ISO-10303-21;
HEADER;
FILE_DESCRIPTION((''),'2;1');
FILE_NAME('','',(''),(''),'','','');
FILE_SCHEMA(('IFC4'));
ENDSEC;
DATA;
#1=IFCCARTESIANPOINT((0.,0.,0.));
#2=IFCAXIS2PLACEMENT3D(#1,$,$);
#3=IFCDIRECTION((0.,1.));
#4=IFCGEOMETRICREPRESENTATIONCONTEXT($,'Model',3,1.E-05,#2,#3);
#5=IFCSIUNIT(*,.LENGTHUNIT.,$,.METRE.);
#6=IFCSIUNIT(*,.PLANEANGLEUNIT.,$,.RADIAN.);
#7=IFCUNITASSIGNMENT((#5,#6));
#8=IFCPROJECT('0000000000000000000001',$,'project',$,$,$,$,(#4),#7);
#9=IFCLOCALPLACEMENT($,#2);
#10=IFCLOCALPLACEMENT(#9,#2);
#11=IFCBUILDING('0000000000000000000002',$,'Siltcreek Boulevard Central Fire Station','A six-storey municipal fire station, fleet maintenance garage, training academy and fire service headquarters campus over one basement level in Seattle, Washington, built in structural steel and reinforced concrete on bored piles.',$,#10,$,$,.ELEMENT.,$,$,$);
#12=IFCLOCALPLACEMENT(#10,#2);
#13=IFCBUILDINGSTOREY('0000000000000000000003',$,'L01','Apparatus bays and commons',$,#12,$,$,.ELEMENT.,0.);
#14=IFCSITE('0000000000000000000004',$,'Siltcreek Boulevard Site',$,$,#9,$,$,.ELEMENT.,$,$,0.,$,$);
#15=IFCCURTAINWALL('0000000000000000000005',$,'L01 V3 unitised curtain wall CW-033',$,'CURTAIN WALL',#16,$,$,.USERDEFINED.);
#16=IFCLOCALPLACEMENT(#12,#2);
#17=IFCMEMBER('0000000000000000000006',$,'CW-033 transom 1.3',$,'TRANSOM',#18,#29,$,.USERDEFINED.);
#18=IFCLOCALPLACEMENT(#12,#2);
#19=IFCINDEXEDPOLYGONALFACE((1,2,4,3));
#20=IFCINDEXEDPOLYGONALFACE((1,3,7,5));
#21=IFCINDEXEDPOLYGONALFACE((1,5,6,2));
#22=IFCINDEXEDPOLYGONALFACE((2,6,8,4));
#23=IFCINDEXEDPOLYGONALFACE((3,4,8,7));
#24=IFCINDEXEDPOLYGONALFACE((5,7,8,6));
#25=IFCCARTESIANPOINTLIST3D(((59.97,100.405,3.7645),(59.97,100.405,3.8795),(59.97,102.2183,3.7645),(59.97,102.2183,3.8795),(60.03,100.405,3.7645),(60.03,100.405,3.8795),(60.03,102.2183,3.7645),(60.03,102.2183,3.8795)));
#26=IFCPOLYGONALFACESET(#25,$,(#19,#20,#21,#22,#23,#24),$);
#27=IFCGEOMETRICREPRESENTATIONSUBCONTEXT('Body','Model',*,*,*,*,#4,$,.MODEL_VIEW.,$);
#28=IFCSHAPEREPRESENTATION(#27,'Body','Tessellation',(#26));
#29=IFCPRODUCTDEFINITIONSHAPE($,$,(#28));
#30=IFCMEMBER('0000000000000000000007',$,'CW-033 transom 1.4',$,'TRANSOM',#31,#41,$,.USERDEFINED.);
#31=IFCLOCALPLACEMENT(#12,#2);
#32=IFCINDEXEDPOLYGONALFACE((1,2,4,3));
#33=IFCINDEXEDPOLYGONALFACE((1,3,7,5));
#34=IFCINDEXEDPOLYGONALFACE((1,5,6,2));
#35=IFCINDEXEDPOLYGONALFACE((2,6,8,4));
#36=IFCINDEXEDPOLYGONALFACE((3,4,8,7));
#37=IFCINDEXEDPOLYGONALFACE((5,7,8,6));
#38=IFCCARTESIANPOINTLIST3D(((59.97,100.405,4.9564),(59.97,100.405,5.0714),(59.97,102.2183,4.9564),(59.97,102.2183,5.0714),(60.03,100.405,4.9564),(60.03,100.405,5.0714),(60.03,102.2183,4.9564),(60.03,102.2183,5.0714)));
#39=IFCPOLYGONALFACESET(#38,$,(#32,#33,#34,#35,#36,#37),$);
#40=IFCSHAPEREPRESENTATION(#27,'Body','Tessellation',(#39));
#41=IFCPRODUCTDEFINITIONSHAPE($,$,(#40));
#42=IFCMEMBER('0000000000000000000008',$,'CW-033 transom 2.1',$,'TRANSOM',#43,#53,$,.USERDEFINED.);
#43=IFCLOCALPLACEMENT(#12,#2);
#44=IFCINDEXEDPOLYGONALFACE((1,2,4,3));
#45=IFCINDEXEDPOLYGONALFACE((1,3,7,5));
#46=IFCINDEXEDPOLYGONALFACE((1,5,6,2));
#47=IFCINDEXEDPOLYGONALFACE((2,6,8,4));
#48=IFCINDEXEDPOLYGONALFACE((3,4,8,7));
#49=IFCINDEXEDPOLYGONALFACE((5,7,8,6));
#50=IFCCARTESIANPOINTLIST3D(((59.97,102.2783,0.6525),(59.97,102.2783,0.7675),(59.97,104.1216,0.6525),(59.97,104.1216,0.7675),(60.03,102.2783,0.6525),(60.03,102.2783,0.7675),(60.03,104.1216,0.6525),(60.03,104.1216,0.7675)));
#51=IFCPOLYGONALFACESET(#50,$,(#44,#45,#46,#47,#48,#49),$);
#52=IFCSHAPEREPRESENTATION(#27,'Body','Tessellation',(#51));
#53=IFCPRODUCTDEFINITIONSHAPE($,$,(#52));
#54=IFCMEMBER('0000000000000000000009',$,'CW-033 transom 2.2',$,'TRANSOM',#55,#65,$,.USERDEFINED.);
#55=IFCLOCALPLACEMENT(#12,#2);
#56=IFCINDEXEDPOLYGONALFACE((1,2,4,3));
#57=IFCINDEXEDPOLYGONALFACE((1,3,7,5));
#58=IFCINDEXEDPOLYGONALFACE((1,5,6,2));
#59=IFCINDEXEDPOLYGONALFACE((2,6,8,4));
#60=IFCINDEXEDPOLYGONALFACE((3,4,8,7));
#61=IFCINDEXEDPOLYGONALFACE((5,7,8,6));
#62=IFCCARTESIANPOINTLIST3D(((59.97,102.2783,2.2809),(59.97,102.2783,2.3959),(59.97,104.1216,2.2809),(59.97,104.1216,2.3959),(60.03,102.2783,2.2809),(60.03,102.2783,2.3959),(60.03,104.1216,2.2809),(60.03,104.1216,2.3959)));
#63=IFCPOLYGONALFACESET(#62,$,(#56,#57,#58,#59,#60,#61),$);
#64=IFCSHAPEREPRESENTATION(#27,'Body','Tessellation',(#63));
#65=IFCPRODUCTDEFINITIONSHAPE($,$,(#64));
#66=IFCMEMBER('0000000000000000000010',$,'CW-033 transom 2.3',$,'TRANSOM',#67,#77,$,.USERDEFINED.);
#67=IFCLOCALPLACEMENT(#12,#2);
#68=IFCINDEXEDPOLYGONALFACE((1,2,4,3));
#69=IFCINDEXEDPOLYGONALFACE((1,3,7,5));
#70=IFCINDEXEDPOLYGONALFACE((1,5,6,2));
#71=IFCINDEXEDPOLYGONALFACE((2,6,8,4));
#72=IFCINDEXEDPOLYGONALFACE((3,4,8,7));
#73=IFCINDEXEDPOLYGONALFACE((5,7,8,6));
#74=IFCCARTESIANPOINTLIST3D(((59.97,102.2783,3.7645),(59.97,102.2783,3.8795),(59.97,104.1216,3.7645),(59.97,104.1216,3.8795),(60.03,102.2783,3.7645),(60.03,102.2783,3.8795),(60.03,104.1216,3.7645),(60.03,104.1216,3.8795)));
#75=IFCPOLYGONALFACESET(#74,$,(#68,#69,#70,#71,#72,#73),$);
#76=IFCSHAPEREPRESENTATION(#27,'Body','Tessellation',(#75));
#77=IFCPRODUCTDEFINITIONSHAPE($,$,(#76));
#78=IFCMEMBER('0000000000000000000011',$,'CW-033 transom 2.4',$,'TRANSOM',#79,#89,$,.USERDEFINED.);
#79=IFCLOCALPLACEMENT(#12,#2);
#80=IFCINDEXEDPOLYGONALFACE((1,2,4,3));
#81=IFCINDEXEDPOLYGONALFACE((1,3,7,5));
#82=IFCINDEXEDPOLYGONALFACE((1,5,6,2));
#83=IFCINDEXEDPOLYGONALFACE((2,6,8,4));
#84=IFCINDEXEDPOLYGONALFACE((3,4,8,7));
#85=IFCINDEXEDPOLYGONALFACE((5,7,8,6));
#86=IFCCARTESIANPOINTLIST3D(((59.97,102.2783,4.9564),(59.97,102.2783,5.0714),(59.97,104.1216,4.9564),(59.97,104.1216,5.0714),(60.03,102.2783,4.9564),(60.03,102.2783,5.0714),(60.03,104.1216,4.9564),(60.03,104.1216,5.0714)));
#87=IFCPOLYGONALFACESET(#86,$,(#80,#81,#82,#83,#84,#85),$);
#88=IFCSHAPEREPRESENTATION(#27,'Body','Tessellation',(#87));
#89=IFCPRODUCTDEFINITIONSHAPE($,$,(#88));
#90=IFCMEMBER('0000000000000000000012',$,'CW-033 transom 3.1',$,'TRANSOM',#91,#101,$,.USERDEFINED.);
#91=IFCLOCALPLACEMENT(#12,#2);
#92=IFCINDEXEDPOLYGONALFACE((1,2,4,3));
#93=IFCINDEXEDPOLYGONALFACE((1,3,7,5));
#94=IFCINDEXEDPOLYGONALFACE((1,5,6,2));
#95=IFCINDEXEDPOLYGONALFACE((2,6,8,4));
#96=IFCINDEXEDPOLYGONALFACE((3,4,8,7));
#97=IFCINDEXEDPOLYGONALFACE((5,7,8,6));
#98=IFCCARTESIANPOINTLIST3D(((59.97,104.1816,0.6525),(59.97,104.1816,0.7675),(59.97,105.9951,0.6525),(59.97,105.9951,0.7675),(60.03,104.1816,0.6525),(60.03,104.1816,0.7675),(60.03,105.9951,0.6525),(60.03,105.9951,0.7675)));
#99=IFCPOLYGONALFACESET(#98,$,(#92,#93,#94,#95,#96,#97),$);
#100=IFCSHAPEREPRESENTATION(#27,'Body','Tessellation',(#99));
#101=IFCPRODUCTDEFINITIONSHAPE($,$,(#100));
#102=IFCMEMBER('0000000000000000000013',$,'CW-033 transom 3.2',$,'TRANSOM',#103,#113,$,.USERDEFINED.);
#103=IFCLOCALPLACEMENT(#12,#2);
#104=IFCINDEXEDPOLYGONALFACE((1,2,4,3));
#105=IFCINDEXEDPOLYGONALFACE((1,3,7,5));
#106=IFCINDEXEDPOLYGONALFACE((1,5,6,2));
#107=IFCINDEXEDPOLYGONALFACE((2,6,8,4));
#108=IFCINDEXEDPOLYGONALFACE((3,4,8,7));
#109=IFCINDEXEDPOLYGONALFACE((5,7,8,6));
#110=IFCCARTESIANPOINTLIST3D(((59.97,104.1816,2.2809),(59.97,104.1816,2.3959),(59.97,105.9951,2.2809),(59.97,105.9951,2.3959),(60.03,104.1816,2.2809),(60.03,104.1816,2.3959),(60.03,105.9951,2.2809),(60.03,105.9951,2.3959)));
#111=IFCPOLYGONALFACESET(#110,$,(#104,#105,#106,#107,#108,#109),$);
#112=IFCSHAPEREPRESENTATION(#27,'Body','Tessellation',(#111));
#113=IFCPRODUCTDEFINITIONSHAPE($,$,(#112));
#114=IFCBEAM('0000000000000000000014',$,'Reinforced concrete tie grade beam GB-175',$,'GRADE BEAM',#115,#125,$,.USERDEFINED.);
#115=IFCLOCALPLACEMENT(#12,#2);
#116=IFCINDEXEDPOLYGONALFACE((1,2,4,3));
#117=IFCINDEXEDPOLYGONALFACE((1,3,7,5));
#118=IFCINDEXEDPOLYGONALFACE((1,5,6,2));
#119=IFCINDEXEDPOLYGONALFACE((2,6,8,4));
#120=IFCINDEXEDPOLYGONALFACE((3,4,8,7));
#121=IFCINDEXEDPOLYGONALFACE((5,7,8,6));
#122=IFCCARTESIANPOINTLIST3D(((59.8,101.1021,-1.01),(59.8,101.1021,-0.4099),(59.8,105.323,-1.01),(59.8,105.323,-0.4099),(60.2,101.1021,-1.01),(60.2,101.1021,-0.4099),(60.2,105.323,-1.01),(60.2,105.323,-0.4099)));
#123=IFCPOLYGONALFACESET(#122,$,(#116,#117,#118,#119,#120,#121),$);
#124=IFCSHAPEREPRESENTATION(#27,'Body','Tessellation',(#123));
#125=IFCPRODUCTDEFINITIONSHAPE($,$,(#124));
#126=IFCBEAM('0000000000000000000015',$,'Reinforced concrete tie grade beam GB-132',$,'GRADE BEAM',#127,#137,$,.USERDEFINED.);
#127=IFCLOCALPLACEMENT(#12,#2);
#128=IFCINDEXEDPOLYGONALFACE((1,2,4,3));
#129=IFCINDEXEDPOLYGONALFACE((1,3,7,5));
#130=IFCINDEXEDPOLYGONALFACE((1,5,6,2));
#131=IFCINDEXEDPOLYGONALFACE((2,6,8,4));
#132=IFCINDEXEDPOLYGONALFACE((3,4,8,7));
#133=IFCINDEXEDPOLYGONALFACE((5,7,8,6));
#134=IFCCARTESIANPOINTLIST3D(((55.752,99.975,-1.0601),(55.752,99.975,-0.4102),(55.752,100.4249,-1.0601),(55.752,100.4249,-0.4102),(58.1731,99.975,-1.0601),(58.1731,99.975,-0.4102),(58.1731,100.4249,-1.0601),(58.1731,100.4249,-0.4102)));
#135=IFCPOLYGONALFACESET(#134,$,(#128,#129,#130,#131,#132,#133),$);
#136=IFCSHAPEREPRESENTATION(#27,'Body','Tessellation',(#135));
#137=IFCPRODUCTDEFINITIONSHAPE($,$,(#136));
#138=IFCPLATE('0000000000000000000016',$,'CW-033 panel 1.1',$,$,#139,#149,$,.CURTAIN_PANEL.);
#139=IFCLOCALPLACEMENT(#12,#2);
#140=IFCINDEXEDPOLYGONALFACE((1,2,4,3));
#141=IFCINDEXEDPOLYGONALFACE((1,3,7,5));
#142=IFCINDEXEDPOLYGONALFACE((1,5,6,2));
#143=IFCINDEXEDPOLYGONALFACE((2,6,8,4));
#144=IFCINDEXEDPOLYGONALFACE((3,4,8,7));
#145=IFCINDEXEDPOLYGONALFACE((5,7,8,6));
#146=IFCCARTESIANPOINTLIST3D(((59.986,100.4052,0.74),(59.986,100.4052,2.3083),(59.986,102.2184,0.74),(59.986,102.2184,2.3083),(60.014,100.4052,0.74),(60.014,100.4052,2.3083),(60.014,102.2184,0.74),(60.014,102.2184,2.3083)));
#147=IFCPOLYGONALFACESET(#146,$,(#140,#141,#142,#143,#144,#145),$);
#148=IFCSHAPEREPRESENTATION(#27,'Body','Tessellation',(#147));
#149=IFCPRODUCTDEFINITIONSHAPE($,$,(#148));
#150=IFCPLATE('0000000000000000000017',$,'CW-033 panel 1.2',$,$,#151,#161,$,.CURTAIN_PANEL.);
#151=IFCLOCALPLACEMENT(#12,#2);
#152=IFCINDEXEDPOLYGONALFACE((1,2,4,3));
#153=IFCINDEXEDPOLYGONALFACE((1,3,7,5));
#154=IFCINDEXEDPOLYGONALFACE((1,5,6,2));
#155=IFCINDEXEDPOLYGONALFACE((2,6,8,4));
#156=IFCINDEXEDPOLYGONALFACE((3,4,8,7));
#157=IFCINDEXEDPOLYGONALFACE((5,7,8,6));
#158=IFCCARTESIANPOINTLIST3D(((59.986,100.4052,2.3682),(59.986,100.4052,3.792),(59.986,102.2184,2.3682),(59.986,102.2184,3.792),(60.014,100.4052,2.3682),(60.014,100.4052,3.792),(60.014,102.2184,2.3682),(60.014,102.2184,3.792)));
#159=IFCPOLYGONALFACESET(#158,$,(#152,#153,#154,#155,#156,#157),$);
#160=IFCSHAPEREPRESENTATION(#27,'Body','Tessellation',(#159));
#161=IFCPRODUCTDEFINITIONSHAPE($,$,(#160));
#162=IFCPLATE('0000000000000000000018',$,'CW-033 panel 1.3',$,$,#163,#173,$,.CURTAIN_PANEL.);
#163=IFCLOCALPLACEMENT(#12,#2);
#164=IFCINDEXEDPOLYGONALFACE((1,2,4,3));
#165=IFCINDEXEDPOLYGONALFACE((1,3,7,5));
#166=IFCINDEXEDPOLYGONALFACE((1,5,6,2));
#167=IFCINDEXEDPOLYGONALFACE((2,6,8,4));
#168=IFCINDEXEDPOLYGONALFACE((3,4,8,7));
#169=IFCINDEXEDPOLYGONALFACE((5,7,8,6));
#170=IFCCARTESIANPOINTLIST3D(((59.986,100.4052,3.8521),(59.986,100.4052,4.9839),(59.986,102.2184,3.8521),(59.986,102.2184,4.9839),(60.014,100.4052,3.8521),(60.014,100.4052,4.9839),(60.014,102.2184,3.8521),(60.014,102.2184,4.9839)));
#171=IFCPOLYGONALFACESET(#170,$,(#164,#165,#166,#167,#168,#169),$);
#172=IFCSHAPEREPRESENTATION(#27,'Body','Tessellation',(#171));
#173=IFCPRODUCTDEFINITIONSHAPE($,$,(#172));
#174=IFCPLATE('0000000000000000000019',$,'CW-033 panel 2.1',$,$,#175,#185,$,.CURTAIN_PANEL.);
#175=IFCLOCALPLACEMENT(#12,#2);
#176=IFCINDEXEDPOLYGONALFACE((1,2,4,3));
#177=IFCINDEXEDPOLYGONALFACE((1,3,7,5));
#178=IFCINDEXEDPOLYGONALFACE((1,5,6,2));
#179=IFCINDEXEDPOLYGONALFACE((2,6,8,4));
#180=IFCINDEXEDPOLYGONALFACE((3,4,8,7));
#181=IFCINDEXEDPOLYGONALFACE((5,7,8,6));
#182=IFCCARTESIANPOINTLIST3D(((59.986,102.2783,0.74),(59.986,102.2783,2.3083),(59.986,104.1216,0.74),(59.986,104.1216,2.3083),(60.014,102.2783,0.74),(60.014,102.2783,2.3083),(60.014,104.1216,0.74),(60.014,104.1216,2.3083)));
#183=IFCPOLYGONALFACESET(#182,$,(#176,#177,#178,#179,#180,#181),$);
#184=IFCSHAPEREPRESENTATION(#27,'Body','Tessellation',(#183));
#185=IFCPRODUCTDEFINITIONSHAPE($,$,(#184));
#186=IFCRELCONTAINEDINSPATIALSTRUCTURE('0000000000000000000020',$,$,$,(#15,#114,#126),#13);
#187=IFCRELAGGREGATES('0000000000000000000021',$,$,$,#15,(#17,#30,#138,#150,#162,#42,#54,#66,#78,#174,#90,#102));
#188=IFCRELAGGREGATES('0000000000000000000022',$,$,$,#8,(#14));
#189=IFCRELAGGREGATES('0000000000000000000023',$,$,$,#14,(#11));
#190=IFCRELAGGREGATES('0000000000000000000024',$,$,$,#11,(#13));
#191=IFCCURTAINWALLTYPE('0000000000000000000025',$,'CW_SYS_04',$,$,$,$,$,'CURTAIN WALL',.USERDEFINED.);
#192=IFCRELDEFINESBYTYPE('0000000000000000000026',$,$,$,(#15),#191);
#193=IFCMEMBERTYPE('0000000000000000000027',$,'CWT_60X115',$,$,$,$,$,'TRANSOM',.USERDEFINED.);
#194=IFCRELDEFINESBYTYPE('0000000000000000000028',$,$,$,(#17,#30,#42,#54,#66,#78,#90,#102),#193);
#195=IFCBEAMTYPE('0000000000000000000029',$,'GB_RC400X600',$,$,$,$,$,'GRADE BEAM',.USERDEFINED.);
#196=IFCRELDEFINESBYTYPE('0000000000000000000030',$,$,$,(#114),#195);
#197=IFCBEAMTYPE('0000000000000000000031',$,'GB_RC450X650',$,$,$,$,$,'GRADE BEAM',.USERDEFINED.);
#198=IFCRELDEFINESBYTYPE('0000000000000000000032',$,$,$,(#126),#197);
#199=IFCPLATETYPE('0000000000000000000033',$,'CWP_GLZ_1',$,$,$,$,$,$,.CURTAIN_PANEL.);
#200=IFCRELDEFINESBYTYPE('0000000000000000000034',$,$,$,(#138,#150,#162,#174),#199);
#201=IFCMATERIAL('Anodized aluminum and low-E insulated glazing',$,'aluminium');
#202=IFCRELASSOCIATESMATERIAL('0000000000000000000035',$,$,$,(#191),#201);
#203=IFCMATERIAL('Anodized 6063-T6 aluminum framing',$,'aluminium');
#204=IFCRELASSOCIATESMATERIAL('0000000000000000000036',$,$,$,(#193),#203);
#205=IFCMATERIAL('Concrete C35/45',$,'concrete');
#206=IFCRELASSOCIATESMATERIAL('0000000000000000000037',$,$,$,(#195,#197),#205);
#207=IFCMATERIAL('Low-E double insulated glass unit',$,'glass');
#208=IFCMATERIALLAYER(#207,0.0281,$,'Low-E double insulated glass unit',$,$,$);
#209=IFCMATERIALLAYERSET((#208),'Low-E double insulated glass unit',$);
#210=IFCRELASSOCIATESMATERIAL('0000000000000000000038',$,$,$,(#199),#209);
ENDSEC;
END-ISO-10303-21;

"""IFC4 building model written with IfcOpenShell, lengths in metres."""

from ifc_helpers import new_model, si_unit, direction, frame, origin, origin_2d, place, context, subcontext, project, spatial, rectangle, extrude, material, layer, layer_set, material_profile, profile_set, type_object, element, aggregate, save


model = new_model("IFC4")

# Units and contexts
model_context = context("Model", 3, precision=1e-05, world=origin(), true_north=direction((0.0, 1.0)))
body_context = subcontext(model_context, "Body", "Model", "MODEL_VIEW")
ifc_project = project(units=[si_unit("LENGTHUNIT", "METRE"), si_unit("PLANEANGLEUNIT", "RADIAN")], contexts=[model_context])

# Site, building, storey
site_placement = place(None, origin())
site = spatial("IfcSite", under=ifc_project, at=site_placement, Name="Siltcreek Boulevard Site", CompositionType="ELEMENT", RefElevation=0.0)
building_placement = place(site_placement, origin())
building = spatial("IfcBuilding", under=site, at=building_placement, Name="Siltcreek Boulevard Central Fire Station", Description="A six-storey municipal fire station, fleet maintenance garage, training academy and fire service headquarters campus over one basement level in Seattle, Washington, built in structural steel and reinforced concrete on bored piles.", CompositionType="ELEMENT")
storey_placement = place(building_placement, origin())
storey = spatial("IfcBuildingStorey", under=building, at=storey_placement, Name="L01", Description="Apparatus bays and commons", CompositionType="ELEMENT", Elevation=0.0)

# Shared definitions
ifc_material_1 = material(Name="Concrete C35/45", Category="concrete")

# Curtain wall, members
ifc_material_2 = material(Name="Anodized aluminum and low-E insulated glazing", Category="aluminium")
curtain_wall_type = type_object("IfcCurtainWallType", Name="CW_SYS_04", ElementType="CURTAIN WALL", PredefinedType="USERDEFINED", material=ifc_material_2)
curtain_wall_placement = place(storey_placement, origin())
curtain_wall = element("IfcCurtainWall", 1, at=curtain_wall_placement, inside=storey, type_object=curtain_wall_type, Name="L01 V3 unitised curtain wall CW-033", ObjectType="CURTAIN WALL", PredefinedType="USERDEFINED")
ifc_material_3 = material(Name="Anodized 6063-T6 aluminum framing", Category="aluminium")
ifc_material_profile_1 = material_profile(ifc_material_3, rectangle(XDim=0.0601, YDim=0.115, at=origin_2d()), Name="TRAN60X115")
ifc_profile_set_1 = profile_set([ifc_material_profile_1], Name="Anodized 6063-T6 aluminum framing")
member_type_1 = type_object("IfcMemberType", Name="CWT_60X115", ElementType="TRANSOM", PredefinedType="USERDEFINED", material=ifc_profile_set_1)
member_1_placement = place(storey_placement, frame((60.0, 100.405, 3.822), z_axis=(0.0, 1.0, 0.0), x_axis=(-1.0, 0.0, 0.0)))
member_1 = element("IfcMember", 2, at=member_1_placement, type_object=member_type_1, Name="CW-033 transom 1.3", ObjectType="TRANSOM", PredefinedType="USERDEFINED", context=body_context, shape_type="SweptSolid", body=[
    extrude(rectangle(XDim=0.0601, YDim=0.115, at=origin_2d()), origin(), (0.0, 0.0, 1.0), 1.8132),
])
member_2_placement = place(storey_placement, frame((60.0, 100.405, 5.0139), z_axis=(0.0, 1.0, 0.0), x_axis=(-1.0, 0.0, 0.0)))
member_2 = element("IfcMember", 3, at=member_2_placement, type_object=member_type_1, Name="CW-033 transom 1.4", ObjectType="TRANSOM", PredefinedType="USERDEFINED", context=body_context, shape_type="SweptSolid", body=[
    extrude(rectangle(XDim=0.0601, YDim=0.115, at=origin_2d()), origin(), (0.0, 0.0, 1.0), 1.8132),
])
member_3_placement = place(storey_placement, frame((60.0, 102.2783, 0.71), z_axis=(0.0, 1.0, 0.0), x_axis=(-1.0, 0.0, 0.0)))
member_3 = element("IfcMember", 4, at=member_3_placement, type_object=member_type_1, Name="CW-033 transom 2.1", ObjectType="TRANSOM", PredefinedType="USERDEFINED", context=body_context, shape_type="SweptSolid", body=[
    extrude(rectangle(XDim=0.0601, YDim=0.115, at=origin_2d()), origin(), (0.0, 0.0, 1.0), 1.8433),
])
member_4_placement = place(storey_placement, frame((60.0, 102.2783, 2.3384), z_axis=(0.0, 1.0, 0.0), x_axis=(-1.0, 0.0, 0.0)))
member_4 = element("IfcMember", 5, at=member_4_placement, type_object=member_type_1, Name="CW-033 transom 2.2", ObjectType="TRANSOM", PredefinedType="USERDEFINED", context=body_context, shape_type="SweptSolid", body=[
    extrude(rectangle(XDim=0.0601, YDim=0.115, at=origin_2d()), origin(), (0.0, 0.0, 1.0), 1.8433),
])
member_5_placement = place(storey_placement, frame((60.0, 102.2783, 3.822), z_axis=(0.0, 1.0, 0.0), x_axis=(-1.0, 0.0, 0.0)))
member_5 = element("IfcMember", 6, at=member_5_placement, type_object=member_type_1, Name="CW-033 transom 2.3", ObjectType="TRANSOM", PredefinedType="USERDEFINED", context=body_context, shape_type="SweptSolid", body=[
    extrude(rectangle(XDim=0.0601, YDim=0.115, at=origin_2d()), origin(), (0.0, 0.0, 1.0), 1.8433),
])
member_6_placement = place(storey_placement, frame((60.0, 102.2783, 5.0139), z_axis=(0.0, 1.0, 0.0), x_axis=(-1.0, 0.0, 0.0)))
member_6 = element("IfcMember", 7, at=member_6_placement, type_object=member_type_1, Name="CW-033 transom 2.4", ObjectType="TRANSOM", PredefinedType="USERDEFINED", context=body_context, shape_type="SweptSolid", body=[
    extrude(rectangle(XDim=0.0601, YDim=0.115, at=origin_2d()), origin(), (0.0, 0.0, 1.0), 1.8433),
])
member_7_placement = place(storey_placement, frame((60.0, 104.1816, 0.71), z_axis=(0.0, 1.0, 0.0), x_axis=(-1.0, 0.0, 0.0)))
member_7 = element("IfcMember", 8, at=member_7_placement, type_object=member_type_1, Name="CW-033 transom 3.1", ObjectType="TRANSOM", PredefinedType="USERDEFINED", context=body_context, shape_type="SweptSolid", body=[
    extrude(rectangle(XDim=0.0601, YDim=0.115, at=origin_2d()), origin(), (0.0, 0.0, 1.0), 1.8135),
])
member_8_placement = place(storey_placement, frame((60.0, 104.1816, 2.3384), z_axis=(0.0, 1.0, 0.0), x_axis=(-1.0, 0.0, 0.0)))
member_8 = element("IfcMember", 9, at=member_8_placement, type_object=member_type_1, Name="CW-033 transom 3.2", ObjectType="TRANSOM", PredefinedType="USERDEFINED", context=body_context, shape_type="SweptSolid", body=[
    extrude(rectangle(XDim=0.0601, YDim=0.115, at=origin_2d()), origin(), (0.0, 0.0, 1.0), 1.8135),
])

# Beams
ifc_material_profile_2 = material_profile(ifc_material_1, rectangle(XDim=0.3999, YDim=0.6001, at=origin_2d()), Name="RC400X600")
ifc_profile_set_2 = profile_set([ifc_material_profile_2], Name="Concrete C35/45")
beam_type_1 = type_object("IfcBeamType", Name="GB_RC400X600", ElementType="GRADE BEAM", PredefinedType="USERDEFINED", material=ifc_profile_set_2)
beam_1_placement = place(storey_placement, frame((60.0, 101.1021, -0.71), z_axis=(0.0, 1.0, 0.0), x_axis=(-1.0, 0.0, 0.0)))
element("IfcBeam", 10, at=beam_1_placement, inside=storey, type_object=beam_type_1, Name="Reinforced concrete tie grade beam GB-175", ObjectType="GRADE BEAM", PredefinedType="USERDEFINED", context=body_context, shape_type="SweptSolid", body=[
    extrude(rectangle(XDim=0.3999, YDim=0.6001, at=origin_2d()), origin(), (0.0, 0.0, 1.0), 4.2209),
])
ifc_material_profile_3 = material_profile(ifc_material_1, rectangle(XDim=0.45, YDim=0.6499, at=origin_2d()), Name="RC450X650")
ifc_profile_set_3 = profile_set([ifc_material_profile_3], Name="Concrete C35/45")
beam_type_2 = type_object("IfcBeamType", Name="GB_RC450X650", ElementType="GRADE BEAM", PredefinedType="USERDEFINED", material=ifc_profile_set_3)
beam_2_placement = place(storey_placement, frame((55.752, 100.2, -0.7351), z_axis=(1.0, 0.0, 0.0), x_axis=(0.0, 1.0, 0.0)))
element("IfcBeam", 11, at=beam_2_placement, inside=storey, type_object=beam_type_2, Name="Reinforced concrete tie grade beam GB-132", ObjectType="GRADE BEAM", PredefinedType="USERDEFINED", context=body_context, shape_type="SweptSolid", body=[
    extrude(rectangle(XDim=0.45, YDim=0.6499, at=origin_2d()), origin(), (0.0, 0.0, 1.0), 2.4211),
])

# Plates
ifc_material_4 = material(Name="Low-E double insulated glass unit", Category="glass")
ifc_layer_1 = layer(ifc_material_4, 0.0281, Name="Low-E double insulated glass unit")
ifc_layer_set_1 = layer_set([ifc_layer_1], Name="Low-E double insulated glass unit")
plate_type = type_object("IfcPlateType", Name="CWP_GLZ_1", PredefinedType="CURTAIN_PANEL", material=ifc_layer_set_1)
plate_1_placement = place(storey_placement, frame((60.0, 101.3118, 0.74), z_axis=(0.0, 0.0, 1.0), x_axis=(0.0, 1.0, 0.0)))
plate_1 = element("IfcPlate", 12, at=plate_1_placement, type_object=plate_type, Name="CW-033 panel 1.1", PredefinedType="CURTAIN_PANEL", context=body_context, shape_type="SweptSolid", body=[
    extrude(rectangle(XDim=1.8132, YDim=0.0281, at=origin_2d()), origin(), (0.0, 0.0, 1.0), 1.5684),
])
plate_2_placement = place(storey_placement, frame((60.0, 101.3118, 2.3682), z_axis=(0.0, 0.0, 1.0), x_axis=(0.0, 1.0, 0.0)))
plate_2 = element("IfcPlate", 13, at=plate_2_placement, type_object=plate_type, Name="CW-033 panel 1.2", PredefinedType="CURTAIN_PANEL", context=body_context, shape_type="SweptSolid", body=[
    extrude(rectangle(XDim=1.8132, YDim=0.0281, at=origin_2d()), origin(), (0.0, 0.0, 1.0), 1.4238),
])
plate_3_placement = place(storey_placement, frame((60.0, 101.3118, 3.8521), z_axis=(0.0, 0.0, 1.0), x_axis=(0.0, 1.0, 0.0)))
plate_3 = element("IfcPlate", 14, at=plate_3_placement, type_object=plate_type, Name="CW-033 panel 1.3", PredefinedType="CURTAIN_PANEL", context=body_context, shape_type="SweptSolid", body=[
    extrude(rectangle(XDim=1.8132, YDim=0.0281, at=origin_2d()), origin(), (0.0, 0.0, 1.0), 1.1318),
])
plate_4_placement = place(storey_placement, frame((60.0, 103.2, 0.74), z_axis=(0.0, 0.0, 1.0), x_axis=(0.0, 1.0, 0.0)))
plate_4 = element("IfcPlate", 15, at=plate_4_placement, type_object=plate_type, Name="CW-033 panel 2.1", PredefinedType="CURTAIN_PANEL", context=body_context, shape_type="SweptSolid", body=[
    extrude(rectangle(XDim=1.8433, YDim=0.0281, at=origin_2d()), origin(), (0.0, 0.0, 1.0), 1.5684),
])
aggregate(curtain_wall, [member_1, member_2, plate_1, plate_2, plate_3, member_3, member_4, member_5, member_6, plate_4, member_7, member_8])

save(model, "model.ifc")
